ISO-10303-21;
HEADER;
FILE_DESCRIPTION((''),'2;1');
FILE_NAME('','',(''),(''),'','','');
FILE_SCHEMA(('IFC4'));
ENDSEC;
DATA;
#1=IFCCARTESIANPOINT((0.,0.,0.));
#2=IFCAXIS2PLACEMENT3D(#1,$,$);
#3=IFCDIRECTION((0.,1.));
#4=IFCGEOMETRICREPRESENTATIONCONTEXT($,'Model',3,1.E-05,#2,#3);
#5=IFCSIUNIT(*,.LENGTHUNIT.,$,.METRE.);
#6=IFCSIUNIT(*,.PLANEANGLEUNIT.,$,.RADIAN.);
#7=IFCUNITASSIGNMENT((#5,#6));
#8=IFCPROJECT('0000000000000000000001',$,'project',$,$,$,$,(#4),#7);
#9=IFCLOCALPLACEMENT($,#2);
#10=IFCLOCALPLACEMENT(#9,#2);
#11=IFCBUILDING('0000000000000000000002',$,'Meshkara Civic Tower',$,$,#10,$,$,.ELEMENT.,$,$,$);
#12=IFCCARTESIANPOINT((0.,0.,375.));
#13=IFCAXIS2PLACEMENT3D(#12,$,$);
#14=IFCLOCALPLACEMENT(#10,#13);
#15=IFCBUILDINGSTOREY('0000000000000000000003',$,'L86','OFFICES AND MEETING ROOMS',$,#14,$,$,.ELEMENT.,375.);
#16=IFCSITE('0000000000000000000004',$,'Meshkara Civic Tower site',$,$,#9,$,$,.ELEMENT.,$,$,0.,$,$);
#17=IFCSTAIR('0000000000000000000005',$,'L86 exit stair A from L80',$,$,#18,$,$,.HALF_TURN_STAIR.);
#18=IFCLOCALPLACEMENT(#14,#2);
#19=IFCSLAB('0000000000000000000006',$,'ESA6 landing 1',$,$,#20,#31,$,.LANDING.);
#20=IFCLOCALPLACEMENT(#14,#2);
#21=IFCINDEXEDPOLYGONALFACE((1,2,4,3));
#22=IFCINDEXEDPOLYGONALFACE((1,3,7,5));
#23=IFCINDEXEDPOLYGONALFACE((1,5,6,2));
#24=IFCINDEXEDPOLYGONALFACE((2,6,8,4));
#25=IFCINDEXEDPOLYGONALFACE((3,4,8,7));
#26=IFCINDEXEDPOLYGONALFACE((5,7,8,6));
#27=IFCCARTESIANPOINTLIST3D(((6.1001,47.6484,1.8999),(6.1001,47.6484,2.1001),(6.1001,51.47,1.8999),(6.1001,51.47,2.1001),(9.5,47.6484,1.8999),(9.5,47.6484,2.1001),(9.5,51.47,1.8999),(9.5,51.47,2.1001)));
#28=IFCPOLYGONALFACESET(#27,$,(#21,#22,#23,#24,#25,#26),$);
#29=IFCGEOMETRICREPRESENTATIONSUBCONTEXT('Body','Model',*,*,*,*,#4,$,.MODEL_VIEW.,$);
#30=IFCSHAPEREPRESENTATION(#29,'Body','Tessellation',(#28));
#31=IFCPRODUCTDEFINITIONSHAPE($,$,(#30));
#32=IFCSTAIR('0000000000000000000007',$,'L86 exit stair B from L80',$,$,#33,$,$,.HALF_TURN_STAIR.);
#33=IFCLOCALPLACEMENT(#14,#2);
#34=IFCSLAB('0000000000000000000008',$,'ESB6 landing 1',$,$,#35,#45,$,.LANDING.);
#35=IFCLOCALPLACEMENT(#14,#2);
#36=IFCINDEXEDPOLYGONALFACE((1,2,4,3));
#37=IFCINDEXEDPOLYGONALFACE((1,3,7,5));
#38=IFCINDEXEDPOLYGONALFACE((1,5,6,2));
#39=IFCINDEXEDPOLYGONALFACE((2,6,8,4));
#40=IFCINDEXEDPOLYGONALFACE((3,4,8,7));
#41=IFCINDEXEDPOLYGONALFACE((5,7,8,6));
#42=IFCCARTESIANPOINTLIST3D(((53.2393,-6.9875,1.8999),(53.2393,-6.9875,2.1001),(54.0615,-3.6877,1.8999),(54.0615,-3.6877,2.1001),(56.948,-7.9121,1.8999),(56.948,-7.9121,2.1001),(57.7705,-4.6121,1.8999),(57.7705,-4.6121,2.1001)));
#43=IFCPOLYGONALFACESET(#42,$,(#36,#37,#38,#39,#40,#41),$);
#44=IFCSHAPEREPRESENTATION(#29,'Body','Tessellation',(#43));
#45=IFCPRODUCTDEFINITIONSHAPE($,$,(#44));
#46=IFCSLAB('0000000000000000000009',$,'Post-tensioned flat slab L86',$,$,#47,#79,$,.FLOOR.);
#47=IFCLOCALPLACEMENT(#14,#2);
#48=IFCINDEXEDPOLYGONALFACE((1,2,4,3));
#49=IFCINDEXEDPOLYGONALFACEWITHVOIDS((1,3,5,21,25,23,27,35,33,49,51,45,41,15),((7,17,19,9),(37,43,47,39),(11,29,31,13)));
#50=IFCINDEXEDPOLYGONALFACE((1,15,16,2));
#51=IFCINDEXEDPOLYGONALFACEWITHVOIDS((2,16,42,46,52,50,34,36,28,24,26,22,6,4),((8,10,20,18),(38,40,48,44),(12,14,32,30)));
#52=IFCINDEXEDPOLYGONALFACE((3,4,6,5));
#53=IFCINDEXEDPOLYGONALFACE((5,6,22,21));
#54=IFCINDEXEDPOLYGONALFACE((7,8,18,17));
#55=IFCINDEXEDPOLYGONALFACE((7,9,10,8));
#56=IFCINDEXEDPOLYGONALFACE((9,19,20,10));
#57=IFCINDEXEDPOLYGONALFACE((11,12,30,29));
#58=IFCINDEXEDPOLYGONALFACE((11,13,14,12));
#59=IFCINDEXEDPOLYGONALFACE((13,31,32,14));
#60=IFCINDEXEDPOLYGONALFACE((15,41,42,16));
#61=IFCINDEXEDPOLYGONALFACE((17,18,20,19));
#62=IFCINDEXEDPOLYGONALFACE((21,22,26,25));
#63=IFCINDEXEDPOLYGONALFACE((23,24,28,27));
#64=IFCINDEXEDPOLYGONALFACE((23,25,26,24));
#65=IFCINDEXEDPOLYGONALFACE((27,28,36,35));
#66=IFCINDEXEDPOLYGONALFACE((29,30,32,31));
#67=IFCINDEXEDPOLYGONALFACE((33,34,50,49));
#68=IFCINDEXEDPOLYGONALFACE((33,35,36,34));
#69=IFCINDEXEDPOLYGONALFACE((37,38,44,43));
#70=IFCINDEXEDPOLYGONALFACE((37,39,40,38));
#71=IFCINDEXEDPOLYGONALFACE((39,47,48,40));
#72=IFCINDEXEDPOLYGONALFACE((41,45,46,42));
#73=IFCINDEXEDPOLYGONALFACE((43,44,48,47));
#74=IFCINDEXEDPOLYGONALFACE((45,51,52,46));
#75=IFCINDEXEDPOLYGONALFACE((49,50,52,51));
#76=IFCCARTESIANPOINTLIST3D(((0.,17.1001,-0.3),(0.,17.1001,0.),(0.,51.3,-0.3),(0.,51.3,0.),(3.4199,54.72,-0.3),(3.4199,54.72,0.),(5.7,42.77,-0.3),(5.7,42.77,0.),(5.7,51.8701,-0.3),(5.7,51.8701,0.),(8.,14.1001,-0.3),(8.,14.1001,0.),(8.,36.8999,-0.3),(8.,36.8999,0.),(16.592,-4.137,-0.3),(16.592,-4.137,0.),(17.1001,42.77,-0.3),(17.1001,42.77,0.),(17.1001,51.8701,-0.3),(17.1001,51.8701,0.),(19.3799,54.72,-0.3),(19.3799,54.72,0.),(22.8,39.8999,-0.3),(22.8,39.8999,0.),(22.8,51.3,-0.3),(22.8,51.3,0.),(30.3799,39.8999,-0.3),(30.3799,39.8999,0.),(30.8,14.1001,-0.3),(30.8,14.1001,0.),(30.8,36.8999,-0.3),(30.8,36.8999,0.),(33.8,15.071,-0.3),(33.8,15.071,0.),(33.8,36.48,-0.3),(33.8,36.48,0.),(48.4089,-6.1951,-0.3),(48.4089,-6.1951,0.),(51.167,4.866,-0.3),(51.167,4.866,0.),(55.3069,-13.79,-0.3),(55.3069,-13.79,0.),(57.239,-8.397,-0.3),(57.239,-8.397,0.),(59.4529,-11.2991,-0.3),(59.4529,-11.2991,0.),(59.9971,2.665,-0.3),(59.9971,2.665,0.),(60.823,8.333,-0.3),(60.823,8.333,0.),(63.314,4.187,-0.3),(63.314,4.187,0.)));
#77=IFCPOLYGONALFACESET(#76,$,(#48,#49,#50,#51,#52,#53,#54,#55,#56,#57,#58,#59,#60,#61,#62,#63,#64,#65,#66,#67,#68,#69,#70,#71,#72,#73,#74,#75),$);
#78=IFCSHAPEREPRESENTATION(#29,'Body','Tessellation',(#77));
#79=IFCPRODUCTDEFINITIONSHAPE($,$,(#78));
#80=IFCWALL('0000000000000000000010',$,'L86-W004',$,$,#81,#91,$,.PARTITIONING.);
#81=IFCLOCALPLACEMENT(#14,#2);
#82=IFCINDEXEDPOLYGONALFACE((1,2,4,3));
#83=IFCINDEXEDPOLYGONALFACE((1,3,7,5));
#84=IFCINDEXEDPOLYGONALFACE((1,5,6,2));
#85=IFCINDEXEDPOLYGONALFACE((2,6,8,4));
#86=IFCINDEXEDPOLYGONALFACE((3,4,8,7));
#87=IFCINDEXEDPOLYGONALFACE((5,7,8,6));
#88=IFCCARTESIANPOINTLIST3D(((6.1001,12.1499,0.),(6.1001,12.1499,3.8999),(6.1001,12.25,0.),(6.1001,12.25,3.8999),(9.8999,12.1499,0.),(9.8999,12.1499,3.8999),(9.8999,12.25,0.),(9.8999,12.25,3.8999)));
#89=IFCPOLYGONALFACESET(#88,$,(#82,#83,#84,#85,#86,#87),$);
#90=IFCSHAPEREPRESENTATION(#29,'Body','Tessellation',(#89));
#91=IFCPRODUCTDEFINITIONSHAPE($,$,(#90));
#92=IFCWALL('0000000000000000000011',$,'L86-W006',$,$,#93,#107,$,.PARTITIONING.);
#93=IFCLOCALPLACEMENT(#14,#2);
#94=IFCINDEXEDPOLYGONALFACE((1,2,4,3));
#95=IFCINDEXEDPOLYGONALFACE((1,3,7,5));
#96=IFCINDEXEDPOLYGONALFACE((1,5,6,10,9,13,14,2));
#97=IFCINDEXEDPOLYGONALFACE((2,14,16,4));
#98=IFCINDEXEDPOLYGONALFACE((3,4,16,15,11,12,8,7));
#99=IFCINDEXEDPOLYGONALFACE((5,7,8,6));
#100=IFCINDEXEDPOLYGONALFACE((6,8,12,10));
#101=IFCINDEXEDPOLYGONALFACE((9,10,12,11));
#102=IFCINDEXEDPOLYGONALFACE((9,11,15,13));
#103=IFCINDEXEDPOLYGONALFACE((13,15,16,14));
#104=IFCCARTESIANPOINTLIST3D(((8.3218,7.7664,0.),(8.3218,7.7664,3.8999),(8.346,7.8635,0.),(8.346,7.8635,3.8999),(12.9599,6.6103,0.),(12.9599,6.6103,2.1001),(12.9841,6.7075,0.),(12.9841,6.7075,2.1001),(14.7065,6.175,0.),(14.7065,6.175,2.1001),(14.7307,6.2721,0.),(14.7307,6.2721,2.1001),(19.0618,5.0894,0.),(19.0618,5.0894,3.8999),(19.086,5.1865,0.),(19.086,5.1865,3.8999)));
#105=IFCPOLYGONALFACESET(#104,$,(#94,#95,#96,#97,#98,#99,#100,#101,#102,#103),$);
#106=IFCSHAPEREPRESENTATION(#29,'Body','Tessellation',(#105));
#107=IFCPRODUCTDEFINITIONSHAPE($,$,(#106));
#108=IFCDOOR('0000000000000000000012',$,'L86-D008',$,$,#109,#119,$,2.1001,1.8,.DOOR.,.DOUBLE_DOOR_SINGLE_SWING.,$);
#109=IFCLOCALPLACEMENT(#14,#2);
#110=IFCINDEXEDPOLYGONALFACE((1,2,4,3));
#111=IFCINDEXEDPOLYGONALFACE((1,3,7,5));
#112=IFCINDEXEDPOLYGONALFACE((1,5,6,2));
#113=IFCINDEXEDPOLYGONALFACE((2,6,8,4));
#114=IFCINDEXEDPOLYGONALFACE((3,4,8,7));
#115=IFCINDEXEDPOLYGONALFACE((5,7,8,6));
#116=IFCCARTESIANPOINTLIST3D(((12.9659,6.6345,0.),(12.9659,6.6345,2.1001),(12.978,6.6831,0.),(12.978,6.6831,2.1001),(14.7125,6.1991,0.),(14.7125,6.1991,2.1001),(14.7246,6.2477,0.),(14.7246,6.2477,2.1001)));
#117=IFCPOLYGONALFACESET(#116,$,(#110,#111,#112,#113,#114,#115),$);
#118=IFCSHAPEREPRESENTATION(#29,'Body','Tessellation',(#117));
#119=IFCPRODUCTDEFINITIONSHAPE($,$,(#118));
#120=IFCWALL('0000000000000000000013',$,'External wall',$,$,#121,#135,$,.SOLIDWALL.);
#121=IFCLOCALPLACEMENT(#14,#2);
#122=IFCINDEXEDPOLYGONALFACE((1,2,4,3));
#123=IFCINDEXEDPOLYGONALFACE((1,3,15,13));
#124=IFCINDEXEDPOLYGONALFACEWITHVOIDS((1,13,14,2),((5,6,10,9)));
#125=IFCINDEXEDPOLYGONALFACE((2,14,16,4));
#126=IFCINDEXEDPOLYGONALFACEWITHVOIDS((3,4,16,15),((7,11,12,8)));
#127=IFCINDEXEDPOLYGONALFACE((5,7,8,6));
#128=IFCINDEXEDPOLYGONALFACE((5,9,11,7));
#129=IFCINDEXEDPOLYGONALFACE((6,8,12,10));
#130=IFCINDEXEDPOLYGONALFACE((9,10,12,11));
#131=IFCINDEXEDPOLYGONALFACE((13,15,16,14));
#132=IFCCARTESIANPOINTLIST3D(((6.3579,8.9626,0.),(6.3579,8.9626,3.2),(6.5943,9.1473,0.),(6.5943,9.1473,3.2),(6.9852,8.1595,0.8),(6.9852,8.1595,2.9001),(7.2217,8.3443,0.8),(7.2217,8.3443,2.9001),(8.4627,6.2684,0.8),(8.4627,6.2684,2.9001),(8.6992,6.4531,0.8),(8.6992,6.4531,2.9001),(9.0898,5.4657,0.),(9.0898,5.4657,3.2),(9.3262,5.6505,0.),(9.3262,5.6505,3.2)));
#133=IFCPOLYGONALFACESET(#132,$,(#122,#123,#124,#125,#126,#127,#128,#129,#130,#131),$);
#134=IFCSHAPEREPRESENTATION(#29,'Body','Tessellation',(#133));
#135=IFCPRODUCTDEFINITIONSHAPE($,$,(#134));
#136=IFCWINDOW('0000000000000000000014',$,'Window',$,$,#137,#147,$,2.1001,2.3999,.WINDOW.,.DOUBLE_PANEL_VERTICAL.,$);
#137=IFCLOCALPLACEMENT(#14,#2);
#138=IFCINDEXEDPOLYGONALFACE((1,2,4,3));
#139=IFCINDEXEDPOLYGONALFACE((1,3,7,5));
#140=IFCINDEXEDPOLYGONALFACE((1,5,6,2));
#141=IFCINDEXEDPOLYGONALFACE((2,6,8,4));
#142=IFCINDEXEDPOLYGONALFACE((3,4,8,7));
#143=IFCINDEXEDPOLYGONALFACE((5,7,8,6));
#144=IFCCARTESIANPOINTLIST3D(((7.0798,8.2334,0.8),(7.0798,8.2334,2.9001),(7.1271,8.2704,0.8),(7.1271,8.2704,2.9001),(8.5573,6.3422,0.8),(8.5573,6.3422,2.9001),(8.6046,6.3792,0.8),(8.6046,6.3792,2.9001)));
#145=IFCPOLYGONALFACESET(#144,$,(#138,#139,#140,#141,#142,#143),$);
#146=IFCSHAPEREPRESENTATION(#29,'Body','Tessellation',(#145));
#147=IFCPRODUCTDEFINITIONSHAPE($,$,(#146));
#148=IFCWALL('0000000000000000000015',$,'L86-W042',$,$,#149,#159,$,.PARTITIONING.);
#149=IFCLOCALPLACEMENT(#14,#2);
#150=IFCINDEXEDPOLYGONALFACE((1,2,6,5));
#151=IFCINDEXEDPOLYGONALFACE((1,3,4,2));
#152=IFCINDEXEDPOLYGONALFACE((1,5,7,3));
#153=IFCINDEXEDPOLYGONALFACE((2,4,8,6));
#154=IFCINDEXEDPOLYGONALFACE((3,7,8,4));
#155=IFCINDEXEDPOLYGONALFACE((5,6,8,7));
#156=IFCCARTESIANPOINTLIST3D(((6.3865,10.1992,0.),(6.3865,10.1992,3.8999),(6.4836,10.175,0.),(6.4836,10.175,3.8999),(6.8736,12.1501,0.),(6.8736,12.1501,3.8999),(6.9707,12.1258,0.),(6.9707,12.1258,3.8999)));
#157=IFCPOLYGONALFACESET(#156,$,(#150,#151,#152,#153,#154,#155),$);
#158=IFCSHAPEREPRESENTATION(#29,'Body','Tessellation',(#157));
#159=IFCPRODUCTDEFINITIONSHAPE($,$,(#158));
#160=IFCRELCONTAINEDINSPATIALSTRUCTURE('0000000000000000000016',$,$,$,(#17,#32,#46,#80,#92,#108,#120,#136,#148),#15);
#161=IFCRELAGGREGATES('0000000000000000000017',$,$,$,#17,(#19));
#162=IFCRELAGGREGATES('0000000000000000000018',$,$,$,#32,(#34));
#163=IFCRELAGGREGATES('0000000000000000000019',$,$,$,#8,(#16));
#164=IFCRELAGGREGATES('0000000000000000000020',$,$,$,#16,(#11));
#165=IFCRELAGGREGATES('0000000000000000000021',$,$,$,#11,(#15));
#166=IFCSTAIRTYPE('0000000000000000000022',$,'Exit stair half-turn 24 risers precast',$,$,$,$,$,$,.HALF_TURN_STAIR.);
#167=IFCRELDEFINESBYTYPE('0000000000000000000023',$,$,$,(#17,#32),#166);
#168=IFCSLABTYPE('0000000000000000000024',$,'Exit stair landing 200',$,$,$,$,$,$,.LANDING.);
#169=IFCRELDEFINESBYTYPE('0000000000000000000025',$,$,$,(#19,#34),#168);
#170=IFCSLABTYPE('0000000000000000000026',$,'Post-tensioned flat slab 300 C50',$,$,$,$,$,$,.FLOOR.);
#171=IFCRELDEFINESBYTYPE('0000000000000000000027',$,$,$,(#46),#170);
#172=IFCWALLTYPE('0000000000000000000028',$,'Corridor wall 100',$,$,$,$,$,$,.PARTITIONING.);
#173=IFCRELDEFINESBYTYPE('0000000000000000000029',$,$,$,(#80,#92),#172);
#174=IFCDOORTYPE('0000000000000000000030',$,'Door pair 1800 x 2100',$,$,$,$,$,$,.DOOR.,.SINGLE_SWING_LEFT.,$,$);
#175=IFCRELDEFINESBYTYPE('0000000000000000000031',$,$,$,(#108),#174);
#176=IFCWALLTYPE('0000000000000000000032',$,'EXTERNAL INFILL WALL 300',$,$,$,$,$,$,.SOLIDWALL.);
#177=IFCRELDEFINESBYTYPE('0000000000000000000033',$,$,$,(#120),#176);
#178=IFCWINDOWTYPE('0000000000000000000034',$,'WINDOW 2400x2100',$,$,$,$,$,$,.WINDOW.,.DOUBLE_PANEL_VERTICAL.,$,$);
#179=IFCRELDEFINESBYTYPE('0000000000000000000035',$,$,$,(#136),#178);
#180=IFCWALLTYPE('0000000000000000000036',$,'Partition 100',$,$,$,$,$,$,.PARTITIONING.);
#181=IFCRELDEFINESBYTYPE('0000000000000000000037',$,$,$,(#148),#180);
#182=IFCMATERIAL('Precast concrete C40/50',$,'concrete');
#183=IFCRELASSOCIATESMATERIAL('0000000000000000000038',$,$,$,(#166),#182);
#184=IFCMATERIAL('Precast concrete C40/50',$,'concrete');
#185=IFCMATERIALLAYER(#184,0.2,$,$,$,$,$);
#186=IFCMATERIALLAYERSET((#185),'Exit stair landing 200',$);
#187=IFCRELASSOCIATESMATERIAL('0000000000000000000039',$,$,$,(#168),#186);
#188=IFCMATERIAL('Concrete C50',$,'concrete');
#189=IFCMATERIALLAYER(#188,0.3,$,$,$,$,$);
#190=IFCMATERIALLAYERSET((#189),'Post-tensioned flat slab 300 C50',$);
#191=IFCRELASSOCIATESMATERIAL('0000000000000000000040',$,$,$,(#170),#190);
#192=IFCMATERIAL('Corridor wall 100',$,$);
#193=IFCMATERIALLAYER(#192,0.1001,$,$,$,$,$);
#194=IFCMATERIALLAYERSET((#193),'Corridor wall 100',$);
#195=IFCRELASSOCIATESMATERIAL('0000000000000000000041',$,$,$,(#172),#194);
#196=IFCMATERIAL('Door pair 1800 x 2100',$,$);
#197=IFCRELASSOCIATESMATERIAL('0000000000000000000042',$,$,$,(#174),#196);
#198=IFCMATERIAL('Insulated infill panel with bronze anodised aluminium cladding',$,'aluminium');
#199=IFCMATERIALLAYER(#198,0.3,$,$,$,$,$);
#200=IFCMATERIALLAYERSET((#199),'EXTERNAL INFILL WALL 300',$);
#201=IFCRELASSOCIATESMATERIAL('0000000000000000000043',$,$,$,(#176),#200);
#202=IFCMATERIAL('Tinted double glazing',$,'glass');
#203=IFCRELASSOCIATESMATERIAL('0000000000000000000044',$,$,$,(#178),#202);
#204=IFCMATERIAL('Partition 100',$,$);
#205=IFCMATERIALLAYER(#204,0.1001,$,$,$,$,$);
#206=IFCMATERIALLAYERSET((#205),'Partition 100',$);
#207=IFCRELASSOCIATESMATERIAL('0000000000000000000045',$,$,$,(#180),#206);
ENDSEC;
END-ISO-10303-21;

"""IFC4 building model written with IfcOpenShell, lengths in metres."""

from ifc_helpers import new_model, si_unit, direction, frame, frame_2d, origin, place, context, subcontext, project, spatial, polyline, rectangle, outline, extrude, material, layer, layer_set, type_object, element, fill, aggregate, save


model = new_model("IFC4")

# Units and contexts
model_context = context("Model", 3, precision=1e-05, world=origin(), true_north=direction((0.0, 1.0)))
body_context = subcontext(model_context, "Body", "Model", "MODEL_VIEW")
ifc_project = project(units=[si_unit("LENGTHUNIT", "METRE"), si_unit("PLANEANGLEUNIT", "RADIAN")], contexts=[model_context])

# Site, building, storey
site_placement = place(None, origin())
site = spatial("IfcSite", under=ifc_project, at=site_placement, Name="Meshkara Civic Tower site", CompositionType="ELEMENT", RefElevation=0.0)
building_placement = place(site_placement, origin())
building = spatial("IfcBuilding", under=site, at=building_placement, Name="Meshkara Civic Tower", CompositionType="ELEMENT")
storey_placement = place(building_placement, frame((0.0, 0.0, 375.0)))
storey = spatial("IfcBuildingStorey", under=building, at=storey_placement, Name="L86", Description="OFFICES AND MEETING ROOMS", CompositionType="ELEMENT", Elevation=375.0)

# Stairs, slabs
ifc_material_1 = material(Name="Precast concrete C40/50", Category="concrete")
stair_type = type_object("IfcStairType", Name="Exit stair half-turn 24 risers precast", PredefinedType="HALF_TURN_STAIR", material=ifc_material_1)
ifc_material_2 = material(Name="Precast concrete C40/50", Category="concrete")
ifc_layer_1 = layer(ifc_material_2, 0.2)
ifc_layer_set_1 = layer_set([ifc_layer_1], Name="Exit stair landing 200")
slab_type_1 = type_object("IfcSlabType", Name="Exit stair landing 200", PredefinedType="LANDING", material=ifc_layer_set_1)
stair_1_placement = place(storey_placement, origin())
stair_1 = element("IfcStair", 1, at=stair_1_placement, inside=storey, type_object=stair_type, Name="L86 exit stair A from L80", PredefinedType="HALF_TURN_STAIR")
slab_1_placement = place(storey_placement, frame((0.0, 0.0, 1.8999)))
slab_1 = element("IfcSlab", 2, at=slab_1_placement, type_object=slab_type_1, Name="ESA6 landing 1", PredefinedType="LANDING", context=body_context, shape_type="SweptSolid", body=[
    extrude(outline(polyline([(9.5, 47.6484), (9.5, 51.47), (6.1001, 51.47), (6.1001, 47.6484), (9.5, 47.6484)])), origin(), (0.0, 0.0, 1.0), 0.2002),
])
aggregate(stair_1, [slab_1])
stair_2_placement = place(storey_placement, origin())
stair_2 = element("IfcStair", 3, at=stair_2_placement, inside=storey, type_object=stair_type, Name="L86 exit stair B from L80", PredefinedType="HALF_TURN_STAIR")
slab_2_placement = place(storey_placement, frame((0.0, 0.0, 1.8999)))
slab_2 = element("IfcSlab", 4, at=slab_2_placement, type_object=slab_type_1, Name="ESB6 landing 1", PredefinedType="LANDING", context=body_context, shape_type="SweptSolid", body=[
    extrude(outline(polyline([(53.2393, -6.9875), (56.948, -7.9121), (57.7705, -4.6121), (54.0615, -3.6877), (53.2393, -6.9875)])), origin(), (0.0, 0.0, 1.0), 0.2002),
])
aggregate(stair_2, [slab_2])

# Slab
ifc_material_3 = material(Name="Concrete C50", Category="concrete")
ifc_layer_2 = layer(ifc_material_3, 0.3)
ifc_layer_set_2 = layer_set([ifc_layer_2], Name="Post-tensioned flat slab 300 C50")
slab_type_2 = type_object("IfcSlabType", Name="Post-tensioned flat slab 300 C50", PredefinedType="FLOOR", material=ifc_layer_set_2)
slab_3_placement = place(storey_placement, frame((0.0, 0.0, -0.3)))
element("IfcSlab", 5, at=slab_3_placement, inside=storey, type_object=slab_type_2, Name="Post-tensioned flat slab L86", PredefinedType="FLOOR", context=body_context, shape_type="SweptSolid", body=[
    extrude(outline(polyline([(59.4529, -11.2991), (55.3069, -13.79), (16.592, -4.137), (0.0, 17.1001), (0.0, 51.3), (3.4199, 54.72), (19.3799, 54.72), (22.8, 51.3), (22.8, 39.8999), (30.3799, 39.8999), (33.8, 36.48), (33.8, 15.071), (60.823, 8.333), (63.314, 4.187), (59.4529, -11.2991)]), holes=[polyline([(57.239, -8.397), (59.9971, 2.665), (51.167, 4.866), (48.4089, -6.1951), (57.239, -8.397)]), polyline([(8.0, 14.1001), (30.8, 14.1001), (30.8, 36.8999), (8.0, 36.8999), (8.0, 14.1001)]), polyline([(5.7, 51.8701), (5.7, 42.77), (17.1001, 42.77), (17.1001, 51.8701), (5.7, 51.8701)])]), origin(), (0.0, 0.0, 1.0), 0.3),
])

# Wall
ifc_material_4 = material(Name="Corridor wall 100")
ifc_layer_3 = layer(ifc_material_4, 0.1001)
ifc_layer_set_3 = layer_set([ifc_layer_3], Name="Corridor wall 100")
wall_type_1 = type_object("IfcWallType", Name="Corridor wall 100", PredefinedType="PARTITIONING", material=ifc_layer_set_3)
wall_1_placement = place(storey_placement, frame((6.1001, 12.2, 0.0), z_axis=(0.0, 0.0, 1.0), x_axis=(1.0, 0.0, 0.0)))
element("IfcWall", 6, at=wall_1_placement, inside=storey, type_object=wall_type_1, Name="L86-W004", PredefinedType="PARTITIONING", context=body_context, shape_type="SweptSolid", body=[
    extrude(rectangle(XDim=3.7998, YDim=0.1001, at=frame_2d((1.8999, 0.0))), origin(), (0.0, 0.0, 1.0), 3.8999),
])

# Wall, opening, door
wall_2_placement = place(storey_placement, frame((8.334, 7.8149, 0.0), z_axis=(0.0, 0.0, 1.0), x_axis=(0.970312, -0.241856, 0.0)))
wall_2 = element("IfcWall", 7, at=wall_2_placement, inside=storey, type_object=wall_type_1, Name="L86-W006", PredefinedType="PARTITIONING", context=body_context, shape_type="SweptSolid", body=[
    extrude(rectangle(XDim=11.0686, YDim=0.1001, at=frame_2d((5.5342, 0.0))), origin(), (0.0, 0.0, 1.0), 3.8999),
])
opening_1_placement = place(wall_2_placement, frame((4.78, 0.0, 0.0)))
opening_1 = element("IfcOpeningElement", 8, at=opening_1_placement, cuts=wall_2, PredefinedType="OPENING", context=body_context, shape_type="SweptSolid", body=[
    extrude(rectangle(XDim=1.8, YDim=2.1001, at=frame_2d((0.8999, 1.05))), frame((0.0, 0.0601, 0.0), z_axis=(0.0, -1.0, 0.0), x_axis=(1.0, 0.0, 0.0)), (0.0, 0.0, 1.0), 0.1201),
])
ifc_material_5 = material(Name="Door pair 1800 x 2100")
door_type = type_object("IfcDoorType", Name="Door pair 1800 x 2100", OperationType="SINGLE_SWING_LEFT", PredefinedType="DOOR", material=ifc_material_5)
door_placement = place(opening_1_placement, origin())
door = element("IfcDoor", 9, at=door_placement, inside=storey, type_object=door_type, Name="L86-D008", OperationType="DOUBLE_DOOR_SINGLE_SWING", OverallHeight=2.1001, OverallWidth=1.8, PredefinedType="DOOR", context=body_context, shape_type="SweptSolid", body=[
    extrude(rectangle(XDim=1.8, YDim=2.1001, at=frame_2d((0.8999, 1.05))), frame((0.0, 0.0249, 0.0), z_axis=(0.0, -1.0, 0.0), x_axis=(1.0, 0.0, 0.0)), (0.0, 0.0, 1.0), 0.05),
])
fill(opening_1, door)

# Wall, opening, window
ifc_material_6 = material(Name="Insulated infill panel with bronze anodised aluminium cladding", Category="aluminium")
ifc_layer_4 = layer(ifc_material_6, 0.3)
ifc_layer_set_4 = layer_set([ifc_layer_4], Name="EXTERNAL INFILL WALL 300")
wall_type_2 = type_object("IfcWallType", Name="EXTERNAL INFILL WALL 300", PredefinedType="SOLIDWALL", material=ifc_layer_set_4)
wall_3_placement = place(storey_placement, frame((6.4761, 9.0549, 0.0), z_axis=(0.0, 0.0, 1.0), x_axis=(0.615649, -0.78802, 0.0)))
wall_3 = element("IfcWall", 10, at=wall_3_placement, inside=storey, type_object=wall_type_2, Name="External wall", PredefinedType="SOLIDWALL", context=body_context, shape_type="SweptSolid", body=[
    extrude(rectangle(XDim=4.4375, YDim=0.3, at=frame_2d((2.2188, 0.0))), origin(), (0.0, 0.0, 1.0), 3.2),
])
opening_2_placement = place(wall_3_placement, frame((1.019, 0.0, 0.8)))
opening_2 = element("IfcOpeningElement", 11, at=opening_2_placement, cuts=wall_3, PredefinedType="OPENING", context=body_context, shape_type="SweptSolid", body=[
    extrude(rectangle(XDim=2.3999, YDim=2.1001, at=frame_2d((1.2, 1.05))), frame((0.0, 0.1599, 0.0), z_axis=(0.0, -1.0, 0.0), x_axis=(1.0, 0.0, 0.0)), (0.0, 0.0, 1.0), 0.3201),
])
ifc_material_7 = material(Name="Tinted double glazing", Category="glass")
window_type = type_object("IfcWindowType", Name="WINDOW 2400x2100", PartitioningType="DOUBLE_PANEL_VERTICAL", PredefinedType="WINDOW", material=ifc_material_7)
window_placement = place(opening_2_placement, origin())
window = element("IfcWindow", 12, at=window_placement, inside=storey, type_object=window_type, Name="Window", OverallHeight=2.1001, OverallWidth=2.3999, PartitioningType="DOUBLE_PANEL_VERTICAL", PredefinedType="WINDOW", context=body_context, shape_type="SweptSolid", body=[
    extrude(rectangle(XDim=2.3999, YDim=2.1001, at=frame_2d((1.2, 1.05))), frame((0.0, 0.03, 0.0), z_axis=(0.0, -1.0, 0.0), x_axis=(1.0, 0.0, 0.0)), (0.0, 0.0, 1.0), 0.0601),
])
fill(opening_2, window)

# Wall
ifc_material_8 = material(Name="Partition 100")
ifc_layer_5 = layer(ifc_material_8, 0.1001)
ifc_layer_set_5 = layer_set([ifc_layer_5], Name="Partition 100")
wall_type_3 = type_object("IfcWallType", Name="Partition 100", PredefinedType="PARTITIONING", material=ifc_layer_set_5)
wall_4_placement = place(storey_placement, frame((6.9221, 12.1379, 0.0), z_axis=(0.0, 0.0, 1.0), x_axis=(-0.242221, -0.970221, 0.0)))
element("IfcWall", 13, at=wall_4_placement, inside=storey, type_object=wall_type_3, Name="L86-W042", PredefinedType="PARTITIONING", context=body_context, shape_type="SweptSolid", body=[
    extrude(rectangle(XDim=2.0107, YDim=0.1001, at=frame_2d((1.0054, 0.0))), origin(), (0.0, 0.0, 1.0), 3.8999),
])

save(model, "model.ifc")
